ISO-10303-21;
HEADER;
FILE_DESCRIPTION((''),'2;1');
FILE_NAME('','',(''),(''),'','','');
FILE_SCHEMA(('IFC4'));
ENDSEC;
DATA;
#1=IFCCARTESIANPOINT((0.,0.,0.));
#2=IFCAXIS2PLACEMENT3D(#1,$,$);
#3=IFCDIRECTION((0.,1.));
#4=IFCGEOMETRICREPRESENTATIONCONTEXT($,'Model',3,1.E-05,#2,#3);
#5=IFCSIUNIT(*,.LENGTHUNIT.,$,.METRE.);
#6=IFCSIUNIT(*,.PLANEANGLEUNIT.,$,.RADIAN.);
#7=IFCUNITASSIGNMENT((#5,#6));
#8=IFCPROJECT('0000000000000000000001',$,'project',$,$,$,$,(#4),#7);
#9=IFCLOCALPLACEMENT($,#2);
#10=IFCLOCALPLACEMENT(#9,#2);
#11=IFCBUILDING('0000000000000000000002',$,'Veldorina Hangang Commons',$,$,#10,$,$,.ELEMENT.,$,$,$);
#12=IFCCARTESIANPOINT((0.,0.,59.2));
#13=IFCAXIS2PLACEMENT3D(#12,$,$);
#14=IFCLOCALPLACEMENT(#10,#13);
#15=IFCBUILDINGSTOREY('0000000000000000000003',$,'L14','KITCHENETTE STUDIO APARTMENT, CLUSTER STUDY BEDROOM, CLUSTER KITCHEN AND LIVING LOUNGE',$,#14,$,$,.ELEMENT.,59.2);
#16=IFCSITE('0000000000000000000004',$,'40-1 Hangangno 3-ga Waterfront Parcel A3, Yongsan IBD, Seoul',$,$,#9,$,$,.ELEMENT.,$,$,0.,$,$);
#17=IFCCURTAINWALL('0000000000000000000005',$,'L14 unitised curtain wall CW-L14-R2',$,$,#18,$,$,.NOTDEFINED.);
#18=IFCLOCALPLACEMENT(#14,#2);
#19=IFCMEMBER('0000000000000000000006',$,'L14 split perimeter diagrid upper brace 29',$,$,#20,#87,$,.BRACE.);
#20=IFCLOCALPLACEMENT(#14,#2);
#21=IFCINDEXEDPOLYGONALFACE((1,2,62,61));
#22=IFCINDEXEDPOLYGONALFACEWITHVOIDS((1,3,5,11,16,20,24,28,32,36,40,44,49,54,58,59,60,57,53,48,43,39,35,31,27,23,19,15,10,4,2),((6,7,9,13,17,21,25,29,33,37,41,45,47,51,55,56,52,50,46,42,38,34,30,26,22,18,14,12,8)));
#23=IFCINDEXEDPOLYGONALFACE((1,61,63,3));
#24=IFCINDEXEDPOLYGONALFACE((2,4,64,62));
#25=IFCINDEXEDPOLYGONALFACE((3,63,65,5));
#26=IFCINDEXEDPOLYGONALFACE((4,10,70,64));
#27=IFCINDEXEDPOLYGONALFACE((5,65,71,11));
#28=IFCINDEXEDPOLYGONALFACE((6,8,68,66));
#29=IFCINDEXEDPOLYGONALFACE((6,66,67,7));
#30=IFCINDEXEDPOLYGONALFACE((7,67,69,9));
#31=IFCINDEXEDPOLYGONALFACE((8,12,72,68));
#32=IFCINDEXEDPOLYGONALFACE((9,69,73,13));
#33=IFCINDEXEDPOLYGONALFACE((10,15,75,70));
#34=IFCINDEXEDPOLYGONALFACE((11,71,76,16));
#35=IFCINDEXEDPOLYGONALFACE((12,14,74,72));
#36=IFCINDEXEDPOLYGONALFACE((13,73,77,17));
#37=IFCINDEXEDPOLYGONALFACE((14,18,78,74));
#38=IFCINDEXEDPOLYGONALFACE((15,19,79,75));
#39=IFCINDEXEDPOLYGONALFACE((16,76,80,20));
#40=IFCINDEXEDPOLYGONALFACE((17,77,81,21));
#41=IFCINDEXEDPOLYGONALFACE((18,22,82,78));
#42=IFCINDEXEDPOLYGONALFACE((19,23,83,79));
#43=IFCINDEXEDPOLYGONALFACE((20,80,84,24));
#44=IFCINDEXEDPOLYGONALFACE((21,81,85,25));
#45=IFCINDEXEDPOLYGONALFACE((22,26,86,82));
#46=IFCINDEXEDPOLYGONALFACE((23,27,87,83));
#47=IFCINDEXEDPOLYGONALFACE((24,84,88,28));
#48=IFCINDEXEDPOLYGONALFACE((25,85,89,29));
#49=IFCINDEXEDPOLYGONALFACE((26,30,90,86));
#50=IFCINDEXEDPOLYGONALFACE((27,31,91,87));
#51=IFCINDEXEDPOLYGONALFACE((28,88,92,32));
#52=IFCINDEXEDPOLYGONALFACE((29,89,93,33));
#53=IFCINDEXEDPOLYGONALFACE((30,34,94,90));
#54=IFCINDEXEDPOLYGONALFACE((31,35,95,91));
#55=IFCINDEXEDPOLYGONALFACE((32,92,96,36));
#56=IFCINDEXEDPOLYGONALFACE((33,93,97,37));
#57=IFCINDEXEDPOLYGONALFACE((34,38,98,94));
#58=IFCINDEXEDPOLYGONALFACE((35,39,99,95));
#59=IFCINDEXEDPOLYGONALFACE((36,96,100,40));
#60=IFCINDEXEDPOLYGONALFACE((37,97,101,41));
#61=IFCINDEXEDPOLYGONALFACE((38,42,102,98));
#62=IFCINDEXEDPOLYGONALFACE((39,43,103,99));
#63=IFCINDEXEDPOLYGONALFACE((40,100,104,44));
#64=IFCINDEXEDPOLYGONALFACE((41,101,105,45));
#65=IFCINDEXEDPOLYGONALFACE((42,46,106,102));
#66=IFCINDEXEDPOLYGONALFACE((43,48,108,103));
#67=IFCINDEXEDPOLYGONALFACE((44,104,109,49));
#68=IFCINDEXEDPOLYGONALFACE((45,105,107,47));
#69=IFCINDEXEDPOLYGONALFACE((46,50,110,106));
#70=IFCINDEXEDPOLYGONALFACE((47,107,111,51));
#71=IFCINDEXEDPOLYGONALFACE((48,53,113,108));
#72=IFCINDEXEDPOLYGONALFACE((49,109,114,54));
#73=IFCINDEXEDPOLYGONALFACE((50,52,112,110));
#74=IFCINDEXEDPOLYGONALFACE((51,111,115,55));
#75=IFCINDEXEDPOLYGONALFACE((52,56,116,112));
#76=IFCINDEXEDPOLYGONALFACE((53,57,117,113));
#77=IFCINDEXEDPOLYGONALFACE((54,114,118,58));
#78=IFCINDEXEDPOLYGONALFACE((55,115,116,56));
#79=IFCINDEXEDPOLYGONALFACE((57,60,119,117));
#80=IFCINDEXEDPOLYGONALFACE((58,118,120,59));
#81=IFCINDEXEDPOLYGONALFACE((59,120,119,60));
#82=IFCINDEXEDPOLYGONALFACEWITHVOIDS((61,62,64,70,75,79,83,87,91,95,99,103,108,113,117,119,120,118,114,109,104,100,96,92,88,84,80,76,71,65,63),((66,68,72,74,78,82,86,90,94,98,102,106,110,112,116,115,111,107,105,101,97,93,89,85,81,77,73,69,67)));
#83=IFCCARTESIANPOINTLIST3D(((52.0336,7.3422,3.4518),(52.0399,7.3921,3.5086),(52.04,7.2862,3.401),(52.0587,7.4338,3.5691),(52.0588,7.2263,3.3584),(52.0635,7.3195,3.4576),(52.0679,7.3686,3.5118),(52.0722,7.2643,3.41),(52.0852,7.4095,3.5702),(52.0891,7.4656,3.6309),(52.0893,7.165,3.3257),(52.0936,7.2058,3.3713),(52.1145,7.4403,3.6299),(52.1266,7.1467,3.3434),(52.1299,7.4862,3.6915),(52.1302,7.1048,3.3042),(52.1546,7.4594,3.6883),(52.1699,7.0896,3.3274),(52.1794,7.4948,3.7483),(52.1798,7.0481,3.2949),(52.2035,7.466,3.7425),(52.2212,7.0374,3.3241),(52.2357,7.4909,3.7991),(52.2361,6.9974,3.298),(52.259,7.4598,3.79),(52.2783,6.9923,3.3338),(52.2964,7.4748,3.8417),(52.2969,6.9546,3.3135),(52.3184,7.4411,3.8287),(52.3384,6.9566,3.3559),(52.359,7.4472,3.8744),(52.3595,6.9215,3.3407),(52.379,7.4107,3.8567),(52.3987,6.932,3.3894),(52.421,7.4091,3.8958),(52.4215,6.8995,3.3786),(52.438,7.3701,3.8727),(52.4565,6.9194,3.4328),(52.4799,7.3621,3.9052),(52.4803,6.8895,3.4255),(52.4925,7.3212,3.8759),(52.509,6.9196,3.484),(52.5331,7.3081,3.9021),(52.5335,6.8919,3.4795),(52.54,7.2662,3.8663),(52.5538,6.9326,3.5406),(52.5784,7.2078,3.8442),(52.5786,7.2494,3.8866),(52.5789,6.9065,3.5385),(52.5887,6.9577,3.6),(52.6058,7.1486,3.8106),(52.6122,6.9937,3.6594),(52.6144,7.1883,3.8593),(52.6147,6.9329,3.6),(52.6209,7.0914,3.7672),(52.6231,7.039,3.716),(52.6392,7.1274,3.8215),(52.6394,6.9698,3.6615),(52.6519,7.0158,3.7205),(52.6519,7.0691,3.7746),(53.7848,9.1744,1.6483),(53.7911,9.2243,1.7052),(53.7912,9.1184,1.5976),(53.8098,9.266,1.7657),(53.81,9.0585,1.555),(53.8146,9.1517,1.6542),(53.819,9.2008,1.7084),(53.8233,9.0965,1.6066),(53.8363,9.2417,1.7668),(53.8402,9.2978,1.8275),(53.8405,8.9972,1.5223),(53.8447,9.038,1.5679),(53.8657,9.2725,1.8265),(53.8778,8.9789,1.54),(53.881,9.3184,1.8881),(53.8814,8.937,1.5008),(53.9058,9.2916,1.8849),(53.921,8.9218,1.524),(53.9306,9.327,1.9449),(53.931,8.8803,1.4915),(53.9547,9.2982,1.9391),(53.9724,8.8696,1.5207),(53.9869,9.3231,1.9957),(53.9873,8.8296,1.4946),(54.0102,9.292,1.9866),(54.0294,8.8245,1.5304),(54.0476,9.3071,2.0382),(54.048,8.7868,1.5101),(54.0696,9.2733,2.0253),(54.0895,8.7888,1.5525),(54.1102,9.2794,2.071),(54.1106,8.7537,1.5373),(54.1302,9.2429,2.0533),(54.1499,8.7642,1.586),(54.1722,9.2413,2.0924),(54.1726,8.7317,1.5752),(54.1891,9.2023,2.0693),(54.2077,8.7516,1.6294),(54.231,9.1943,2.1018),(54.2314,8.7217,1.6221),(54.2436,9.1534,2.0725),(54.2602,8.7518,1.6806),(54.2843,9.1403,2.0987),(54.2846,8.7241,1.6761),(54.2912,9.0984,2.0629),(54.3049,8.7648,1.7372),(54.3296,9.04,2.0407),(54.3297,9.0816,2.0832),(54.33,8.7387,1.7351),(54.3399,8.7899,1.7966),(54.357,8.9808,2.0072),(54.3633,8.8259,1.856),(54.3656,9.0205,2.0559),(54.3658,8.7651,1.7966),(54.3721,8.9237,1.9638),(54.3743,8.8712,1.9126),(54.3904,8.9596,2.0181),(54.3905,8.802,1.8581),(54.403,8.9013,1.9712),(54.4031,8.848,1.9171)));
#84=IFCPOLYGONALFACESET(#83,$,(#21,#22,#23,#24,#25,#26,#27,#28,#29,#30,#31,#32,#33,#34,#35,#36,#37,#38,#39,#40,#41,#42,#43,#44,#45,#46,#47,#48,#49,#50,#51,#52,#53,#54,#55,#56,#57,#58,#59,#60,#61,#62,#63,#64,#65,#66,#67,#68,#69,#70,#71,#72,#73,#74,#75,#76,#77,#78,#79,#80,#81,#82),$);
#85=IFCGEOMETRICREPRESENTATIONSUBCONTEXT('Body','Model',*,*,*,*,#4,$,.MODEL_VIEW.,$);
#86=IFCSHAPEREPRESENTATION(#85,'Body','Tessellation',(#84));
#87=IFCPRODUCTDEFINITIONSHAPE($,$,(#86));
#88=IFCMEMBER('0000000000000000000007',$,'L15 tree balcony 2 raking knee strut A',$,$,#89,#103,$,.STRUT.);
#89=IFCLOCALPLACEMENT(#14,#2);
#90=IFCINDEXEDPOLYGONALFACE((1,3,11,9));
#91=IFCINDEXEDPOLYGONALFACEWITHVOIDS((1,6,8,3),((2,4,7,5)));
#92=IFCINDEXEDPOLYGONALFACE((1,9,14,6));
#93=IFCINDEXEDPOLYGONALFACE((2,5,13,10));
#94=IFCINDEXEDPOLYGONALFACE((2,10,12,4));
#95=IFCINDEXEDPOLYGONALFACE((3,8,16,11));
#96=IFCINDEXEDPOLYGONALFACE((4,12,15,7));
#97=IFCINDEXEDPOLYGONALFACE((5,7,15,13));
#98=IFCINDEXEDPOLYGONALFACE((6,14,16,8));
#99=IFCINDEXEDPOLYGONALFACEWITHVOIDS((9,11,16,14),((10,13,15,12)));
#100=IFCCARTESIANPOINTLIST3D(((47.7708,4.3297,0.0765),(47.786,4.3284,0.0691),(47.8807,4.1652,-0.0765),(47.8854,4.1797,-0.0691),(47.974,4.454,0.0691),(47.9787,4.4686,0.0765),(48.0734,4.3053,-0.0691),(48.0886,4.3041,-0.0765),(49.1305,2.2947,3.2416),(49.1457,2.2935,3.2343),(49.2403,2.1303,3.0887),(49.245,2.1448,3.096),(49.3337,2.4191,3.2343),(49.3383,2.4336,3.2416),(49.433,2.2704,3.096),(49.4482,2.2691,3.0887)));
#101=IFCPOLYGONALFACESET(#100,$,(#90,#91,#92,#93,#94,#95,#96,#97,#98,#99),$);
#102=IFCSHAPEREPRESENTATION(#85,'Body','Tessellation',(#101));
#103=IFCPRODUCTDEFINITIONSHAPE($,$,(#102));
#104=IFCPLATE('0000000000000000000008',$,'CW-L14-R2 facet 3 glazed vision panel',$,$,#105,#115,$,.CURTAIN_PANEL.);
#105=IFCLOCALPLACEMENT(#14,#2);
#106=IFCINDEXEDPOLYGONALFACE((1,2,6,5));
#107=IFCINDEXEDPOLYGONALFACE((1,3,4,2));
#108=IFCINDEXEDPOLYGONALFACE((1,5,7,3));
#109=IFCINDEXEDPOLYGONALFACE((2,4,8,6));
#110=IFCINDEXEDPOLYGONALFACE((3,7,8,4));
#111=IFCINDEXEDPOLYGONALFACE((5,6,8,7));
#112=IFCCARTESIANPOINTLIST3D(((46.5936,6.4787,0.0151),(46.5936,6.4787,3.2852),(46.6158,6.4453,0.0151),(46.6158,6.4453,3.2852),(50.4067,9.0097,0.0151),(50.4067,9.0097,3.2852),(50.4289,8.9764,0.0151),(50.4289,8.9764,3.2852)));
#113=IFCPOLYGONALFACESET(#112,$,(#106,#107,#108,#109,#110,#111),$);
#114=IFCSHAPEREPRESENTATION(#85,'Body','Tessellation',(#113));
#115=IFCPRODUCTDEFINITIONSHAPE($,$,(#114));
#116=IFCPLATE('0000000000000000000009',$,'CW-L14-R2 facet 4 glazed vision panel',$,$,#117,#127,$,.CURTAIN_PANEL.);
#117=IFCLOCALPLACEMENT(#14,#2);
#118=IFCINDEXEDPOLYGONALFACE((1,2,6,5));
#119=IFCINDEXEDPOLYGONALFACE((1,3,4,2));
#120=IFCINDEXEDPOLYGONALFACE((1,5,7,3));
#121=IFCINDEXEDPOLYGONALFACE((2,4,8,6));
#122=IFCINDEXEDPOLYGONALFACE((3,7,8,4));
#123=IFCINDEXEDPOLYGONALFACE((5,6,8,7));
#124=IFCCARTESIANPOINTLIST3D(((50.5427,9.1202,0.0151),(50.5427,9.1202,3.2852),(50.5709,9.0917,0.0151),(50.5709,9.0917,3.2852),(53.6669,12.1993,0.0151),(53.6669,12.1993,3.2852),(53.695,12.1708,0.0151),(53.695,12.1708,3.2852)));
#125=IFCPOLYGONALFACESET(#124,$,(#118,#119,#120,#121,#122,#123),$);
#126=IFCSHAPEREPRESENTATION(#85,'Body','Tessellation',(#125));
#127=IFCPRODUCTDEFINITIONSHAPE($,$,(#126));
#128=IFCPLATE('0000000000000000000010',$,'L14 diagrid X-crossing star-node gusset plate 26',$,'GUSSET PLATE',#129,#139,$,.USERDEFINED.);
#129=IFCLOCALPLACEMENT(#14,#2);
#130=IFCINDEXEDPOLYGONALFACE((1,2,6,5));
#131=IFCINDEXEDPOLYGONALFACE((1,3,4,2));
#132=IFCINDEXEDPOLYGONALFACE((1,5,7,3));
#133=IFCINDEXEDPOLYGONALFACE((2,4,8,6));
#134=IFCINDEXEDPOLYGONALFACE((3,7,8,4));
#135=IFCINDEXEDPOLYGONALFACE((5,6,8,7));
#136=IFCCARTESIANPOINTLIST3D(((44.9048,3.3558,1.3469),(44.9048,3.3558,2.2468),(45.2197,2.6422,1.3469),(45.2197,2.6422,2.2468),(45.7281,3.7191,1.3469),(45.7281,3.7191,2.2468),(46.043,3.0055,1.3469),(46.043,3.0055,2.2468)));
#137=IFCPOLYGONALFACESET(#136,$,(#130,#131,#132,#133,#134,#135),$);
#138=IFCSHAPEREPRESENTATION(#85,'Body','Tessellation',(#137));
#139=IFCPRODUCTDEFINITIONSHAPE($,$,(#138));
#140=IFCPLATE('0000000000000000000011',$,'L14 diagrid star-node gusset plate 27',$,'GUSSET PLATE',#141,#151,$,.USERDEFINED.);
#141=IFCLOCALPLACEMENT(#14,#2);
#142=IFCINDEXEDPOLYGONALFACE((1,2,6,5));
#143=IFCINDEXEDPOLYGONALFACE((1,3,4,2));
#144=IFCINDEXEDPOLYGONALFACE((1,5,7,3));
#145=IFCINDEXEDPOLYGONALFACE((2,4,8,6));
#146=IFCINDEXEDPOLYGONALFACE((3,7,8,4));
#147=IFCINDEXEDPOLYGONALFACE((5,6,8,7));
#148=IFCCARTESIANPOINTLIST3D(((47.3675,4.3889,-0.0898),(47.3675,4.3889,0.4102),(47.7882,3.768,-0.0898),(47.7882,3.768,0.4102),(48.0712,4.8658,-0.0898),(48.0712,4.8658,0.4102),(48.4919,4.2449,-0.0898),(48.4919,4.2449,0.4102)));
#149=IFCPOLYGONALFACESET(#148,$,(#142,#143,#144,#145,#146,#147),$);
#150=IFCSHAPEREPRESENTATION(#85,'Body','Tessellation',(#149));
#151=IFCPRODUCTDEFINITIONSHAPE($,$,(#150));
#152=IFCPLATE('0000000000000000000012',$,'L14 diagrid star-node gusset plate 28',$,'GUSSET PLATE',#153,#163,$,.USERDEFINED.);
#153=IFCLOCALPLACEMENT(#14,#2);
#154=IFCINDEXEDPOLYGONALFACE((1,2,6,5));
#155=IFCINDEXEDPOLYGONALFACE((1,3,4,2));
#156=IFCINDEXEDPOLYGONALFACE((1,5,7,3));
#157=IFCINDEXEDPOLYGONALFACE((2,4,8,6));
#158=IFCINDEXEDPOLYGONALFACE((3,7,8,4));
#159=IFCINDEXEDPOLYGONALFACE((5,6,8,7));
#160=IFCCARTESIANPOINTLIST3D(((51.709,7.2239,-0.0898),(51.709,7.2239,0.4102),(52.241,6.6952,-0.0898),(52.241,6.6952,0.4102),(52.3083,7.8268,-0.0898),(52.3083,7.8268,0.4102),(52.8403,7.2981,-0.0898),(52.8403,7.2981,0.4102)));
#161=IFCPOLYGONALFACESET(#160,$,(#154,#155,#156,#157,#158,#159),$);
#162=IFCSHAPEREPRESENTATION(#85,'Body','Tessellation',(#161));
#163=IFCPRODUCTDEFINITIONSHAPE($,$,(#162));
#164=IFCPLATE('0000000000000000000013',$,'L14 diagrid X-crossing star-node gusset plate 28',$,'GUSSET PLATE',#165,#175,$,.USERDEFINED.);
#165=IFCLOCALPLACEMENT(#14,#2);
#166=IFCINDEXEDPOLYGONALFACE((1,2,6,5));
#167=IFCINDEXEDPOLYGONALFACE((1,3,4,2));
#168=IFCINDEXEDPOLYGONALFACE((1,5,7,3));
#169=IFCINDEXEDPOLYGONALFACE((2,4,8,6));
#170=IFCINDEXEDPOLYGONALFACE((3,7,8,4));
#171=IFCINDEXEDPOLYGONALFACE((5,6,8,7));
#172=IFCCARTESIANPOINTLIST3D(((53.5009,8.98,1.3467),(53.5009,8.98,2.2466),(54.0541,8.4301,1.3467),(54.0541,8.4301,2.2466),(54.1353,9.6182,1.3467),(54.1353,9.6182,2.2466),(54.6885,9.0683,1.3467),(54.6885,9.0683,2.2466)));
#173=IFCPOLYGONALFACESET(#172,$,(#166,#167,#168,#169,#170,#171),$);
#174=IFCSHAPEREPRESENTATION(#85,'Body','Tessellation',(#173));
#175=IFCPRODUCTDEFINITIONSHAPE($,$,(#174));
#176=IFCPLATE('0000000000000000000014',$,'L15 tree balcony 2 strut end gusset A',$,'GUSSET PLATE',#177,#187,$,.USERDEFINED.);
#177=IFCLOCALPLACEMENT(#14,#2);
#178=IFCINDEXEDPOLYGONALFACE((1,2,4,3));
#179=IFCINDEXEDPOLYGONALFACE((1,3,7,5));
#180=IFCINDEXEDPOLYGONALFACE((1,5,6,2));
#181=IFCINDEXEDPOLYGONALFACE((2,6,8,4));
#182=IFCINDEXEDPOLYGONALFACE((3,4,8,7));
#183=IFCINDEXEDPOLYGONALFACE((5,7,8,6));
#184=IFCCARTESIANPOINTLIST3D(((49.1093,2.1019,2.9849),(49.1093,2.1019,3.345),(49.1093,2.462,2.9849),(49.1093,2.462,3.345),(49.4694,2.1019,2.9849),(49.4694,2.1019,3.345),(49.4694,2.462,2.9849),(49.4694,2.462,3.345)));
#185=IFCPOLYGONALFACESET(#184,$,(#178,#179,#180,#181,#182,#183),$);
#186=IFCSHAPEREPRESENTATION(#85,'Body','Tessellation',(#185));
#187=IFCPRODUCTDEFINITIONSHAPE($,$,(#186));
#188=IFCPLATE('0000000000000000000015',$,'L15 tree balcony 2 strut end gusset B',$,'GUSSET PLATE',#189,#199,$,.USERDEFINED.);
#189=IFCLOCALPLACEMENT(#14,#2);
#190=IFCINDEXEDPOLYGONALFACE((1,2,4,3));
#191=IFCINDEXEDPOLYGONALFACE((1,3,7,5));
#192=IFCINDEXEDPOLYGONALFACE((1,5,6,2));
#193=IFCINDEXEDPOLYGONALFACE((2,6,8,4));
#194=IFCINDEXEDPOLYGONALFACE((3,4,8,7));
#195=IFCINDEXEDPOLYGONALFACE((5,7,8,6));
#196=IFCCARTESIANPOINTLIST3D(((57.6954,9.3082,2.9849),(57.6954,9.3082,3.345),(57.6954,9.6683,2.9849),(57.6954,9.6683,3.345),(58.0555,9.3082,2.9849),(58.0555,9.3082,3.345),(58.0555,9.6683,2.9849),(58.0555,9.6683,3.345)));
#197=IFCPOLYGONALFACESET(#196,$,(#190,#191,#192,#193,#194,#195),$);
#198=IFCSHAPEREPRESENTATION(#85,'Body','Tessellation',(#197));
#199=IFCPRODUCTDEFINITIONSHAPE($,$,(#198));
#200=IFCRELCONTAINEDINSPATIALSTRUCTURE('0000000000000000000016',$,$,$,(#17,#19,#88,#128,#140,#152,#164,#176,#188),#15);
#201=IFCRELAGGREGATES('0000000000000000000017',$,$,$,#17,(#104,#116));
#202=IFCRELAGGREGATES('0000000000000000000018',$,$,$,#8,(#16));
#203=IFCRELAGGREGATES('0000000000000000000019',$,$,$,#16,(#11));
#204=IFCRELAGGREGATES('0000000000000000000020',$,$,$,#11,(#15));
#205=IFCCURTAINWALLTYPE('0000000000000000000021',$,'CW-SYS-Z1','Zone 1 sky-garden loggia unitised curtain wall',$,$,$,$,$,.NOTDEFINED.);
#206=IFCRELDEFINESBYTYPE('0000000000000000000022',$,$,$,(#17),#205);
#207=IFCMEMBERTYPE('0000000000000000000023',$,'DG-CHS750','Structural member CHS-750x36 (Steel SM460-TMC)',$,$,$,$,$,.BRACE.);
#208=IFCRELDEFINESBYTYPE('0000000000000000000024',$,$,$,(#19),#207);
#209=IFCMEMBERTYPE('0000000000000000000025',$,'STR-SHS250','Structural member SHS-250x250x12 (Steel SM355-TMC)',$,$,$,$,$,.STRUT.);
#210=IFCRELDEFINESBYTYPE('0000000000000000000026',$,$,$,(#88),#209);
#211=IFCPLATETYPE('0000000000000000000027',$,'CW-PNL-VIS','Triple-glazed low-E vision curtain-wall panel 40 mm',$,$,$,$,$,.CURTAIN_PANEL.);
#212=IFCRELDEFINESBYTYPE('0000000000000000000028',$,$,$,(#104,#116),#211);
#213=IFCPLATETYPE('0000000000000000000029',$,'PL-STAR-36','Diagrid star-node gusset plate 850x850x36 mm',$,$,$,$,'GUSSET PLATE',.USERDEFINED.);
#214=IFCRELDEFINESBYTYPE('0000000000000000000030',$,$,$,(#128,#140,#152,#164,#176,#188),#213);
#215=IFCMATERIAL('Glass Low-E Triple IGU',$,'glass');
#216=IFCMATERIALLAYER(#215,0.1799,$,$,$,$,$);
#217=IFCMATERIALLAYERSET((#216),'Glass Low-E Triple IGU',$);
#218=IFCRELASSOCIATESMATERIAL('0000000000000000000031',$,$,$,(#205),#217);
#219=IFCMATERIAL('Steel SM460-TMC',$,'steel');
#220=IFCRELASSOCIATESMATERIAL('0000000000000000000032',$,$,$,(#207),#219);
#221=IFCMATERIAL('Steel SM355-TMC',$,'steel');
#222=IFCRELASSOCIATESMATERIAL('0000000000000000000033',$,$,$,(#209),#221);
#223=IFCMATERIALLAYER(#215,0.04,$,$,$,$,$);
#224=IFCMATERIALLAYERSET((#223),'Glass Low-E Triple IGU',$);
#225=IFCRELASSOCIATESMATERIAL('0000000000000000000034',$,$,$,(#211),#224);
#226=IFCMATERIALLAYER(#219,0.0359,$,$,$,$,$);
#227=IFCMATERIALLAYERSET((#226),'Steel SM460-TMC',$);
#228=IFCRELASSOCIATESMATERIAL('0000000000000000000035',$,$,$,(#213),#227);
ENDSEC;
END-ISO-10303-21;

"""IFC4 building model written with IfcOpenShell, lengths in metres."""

from ifc_helpers import new_model, si_unit, direction, frame, origin, origin_2d, place, context, subcontext, project, spatial, rectangle, hollow_rectangle, hollow_circle, extrude, material, layer, layer_set, material_profile, profile_set, type_object, element, aggregate, save


model = new_model("IFC4")

# Units and contexts
model_context = context("Model", 3, precision=1e-05, world=origin(), true_north=direction((0.0, 1.0)))
body_context = subcontext(model_context, "Body", "Model", "MODEL_VIEW")
ifc_project = project(units=[si_unit("LENGTHUNIT", "METRE"), si_unit("PLANEANGLEUNIT", "RADIAN")], contexts=[model_context])

# Site, building, storey
site_placement = place(None, origin())
site = spatial("IfcSite", under=ifc_project, at=site_placement, Name="40-1 Hangangno 3-ga Waterfront Parcel A3, Yongsan IBD, Seoul", CompositionType="ELEMENT", RefElevation=0.0)
building_placement = place(site_placement, origin())
building = spatial("IfcBuilding", under=site, at=building_placement, Name="Veldorina Hangang Commons", CompositionType="ELEMENT")
storey_placement = place(building_placement, frame((0.0, 0.0, 59.2)))
storey = spatial("IfcBuildingStorey", under=building, at=storey_placement, Name="L14", Description="KITCHENETTE STUDIO APARTMENT, CLUSTER STUDY BEDROOM, CLUSTER KITCHEN AND LIVING LOUNGE", CompositionType="ELEMENT", Elevation=59.2)

# Shared definitions
ifc_material_1 = material(Name="Steel SM355-TMC", Category="steel")
ifc_material_2 = material(Name="Steel SM460-TMC", Category="steel")

# Curtain wall
ifc_material_3 = material(Name="Glass Low-E Triple IGU", Category="glass")
ifc_layer_1 = layer(ifc_material_3, 0.1799)
ifc_layer_set_1 = layer_set([ifc_layer_1], Name="Glass Low-E Triple IGU")
curtain_wall_type = type_object("IfcCurtainWallType", Name="CW-SYS-Z1", Description="Zone 1 sky-garden loggia unitised curtain wall", PredefinedType="NOTDEFINED", material=ifc_layer_set_1)
curtain_wall_placement = place(storey_placement, origin())
curtain_wall = element("IfcCurtainWall", 1, at=curtain_wall_placement, inside=storey, type_object=curtain_wall_type, Name="L14 unitised curtain wall CW-L14-R2", PredefinedType="NOTDEFINED")

# Members
ifc_material_profile_1 = material_profile(ifc_material_2, hollow_circle(Radius=0.375, WallThickness=0.0359, at=origin_2d()), Name="CHS-750x36")
ifc_profile_set_1 = profile_set([ifc_material_profile_1], Name="Steel SM460-TMC")
member_type_1 = type_object("IfcMemberType", Name="DG-CHS750", Description="Structural member CHS-750x36 (Steel SM460-TMC)", PredefinedType="BRACE", material=ifc_profile_set_1)
member_1_placement = place(storey_placement, frame((54.0947, 9.0242, 1.7966), z_axis=(-0.562965, -0.589022, 0.579761), x_axis=(0.722916, -0.690936, 0.0)))
element("IfcMember", 2, at=member_1_placement, inside=storey, type_object=member_type_1, Name="L14 split perimeter diagrid upper brace 29", PredefinedType="BRACE", context=body_context, shape_type="SweptSolid", body=[
    extrude(hollow_circle(Radius=0.375, WallThickness=0.0359, at=origin_2d()), origin(), (0.0, 0.0, 1.0), 3.1106),
])
ifc_material_profile_2 = material_profile(ifc_material_1, hollow_rectangle(XDim=0.25, YDim=0.25, WallThickness=0.012, at=origin_2d()), Name="SHS-250x250x12")
ifc_profile_set_2 = profile_set([ifc_material_profile_2], Name="Steel SM355-TMC")
member_type_2 = type_object("IfcMemberType", Name="STR-SHS250", Description="Structural member SHS-250x250x12 (Steel SM355-TMC)", PredefinedType="STRUT", material=ifc_profile_set_2)
member_2_placement = place(storey_placement, frame((47.9297, 4.3169, 0.0), z_axis=(0.339831, -0.508618, 0.791089), x_axis=(0.831482, 0.555552, 0.0)))
element("IfcMember", 3, at=member_2_placement, inside=storey, type_object=member_type_2, Name="L15 tree balcony 2 raking knee strut A", PredefinedType="STRUT", context=body_context, shape_type="SweptSolid", body=[
    extrude(hollow_rectangle(XDim=0.25, YDim=0.25, WallThickness=0.012, at=origin_2d()), origin(), (0.0, 0.0, 1.0), 4.001),
])

# Plates
ifc_layer_2 = layer(ifc_material_3, 0.04)
ifc_layer_set_2 = layer_set([ifc_layer_2], Name="Glass Low-E Triple IGU")
plate_type_1 = type_object("IfcPlateType", Name="CW-PNL-VIS", Description="Triple-glazed low-E vision curtain-wall panel 40 mm", PredefinedType="CURTAIN_PANEL", material=ifc_layer_set_2)
plate_1_placement = place(storey_placement, frame((48.5112, 7.7275, 0.0151), z_axis=(0.0, 0.0, 1.0), x_axis=(0.833163, 0.553028, 0.0)))
plate_1 = element("IfcPlate", 4, at=plate_1_placement, type_object=plate_type_1, Name="CW-L14-R2 facet 3 glazed vision panel", PredefinedType="CURTAIN_PANEL", context=body_context, shape_type="SweptSolid", body=[
    extrude(rectangle(XDim=4.5767, YDim=0.04, at=origin_2d()), origin(), (0.0, 0.0, 1.0), 3.27),
])
plate_2_placement = place(storey_placement, frame((52.1189, 10.6455, 0.0151), z_axis=(0.0, 0.0, 1.0), x_axis=(0.712234, 0.701942, 0.0)))
plate_2 = element("IfcPlate", 5, at=plate_2_placement, type_object=plate_type_1, Name="CW-L14-R2 facet 4 glazed vision panel", PredefinedType="CURTAIN_PANEL", context=body_context, shape_type="SweptSolid", body=[
    extrude(rectangle(XDim=4.3865, YDim=0.04, at=origin_2d()), origin(), (0.0, 0.0, 1.0), 3.27),
])
aggregate(curtain_wall, [plate_1, plate_2])

# Plates
ifc_layer_3 = layer(ifc_material_2, 0.0359)
ifc_layer_set_3 = layer_set([ifc_layer_3], Name="Steel SM460-TMC")
plate_type_2 = type_object("IfcPlateType", Name="PL-STAR-36", Description="Diagrid star-node gusset plate 850x850x36 mm", ElementType="GUSSET PLATE", PredefinedType="USERDEFINED", material=ifc_layer_set_3)
plate_3_placement = place(storey_placement, frame((45.4739, 3.1807, 1.3469), z_axis=(0.0, 0.0, 1.0), x_axis=(0.914875, 0.403737, 0.0)))
element("IfcPlate", 6, at=plate_3_placement, inside=storey, type_object=plate_type_2, Name="L14 diagrid X-crossing star-node gusset plate 26", ObjectType="GUSSET PLATE", PredefinedType="USERDEFINED", context=body_context, shape_type="SweptSolid", body=[
    extrude(rectangle(XDim=0.8999, YDim=0.78, at=origin_2d()), origin(), (0.0, 0.0, 1.0), 0.8999),
])
for number, where, z_axis, x_axis, name in (
    (7, (47.9297, 4.3169, -0.0898), (0.0, 0.0, 1.0), (0.827865, 0.560928, 0.0), "L14 diagrid star-node gusset plate 27"),
    (8, (52.2747, 7.261, -0.0898), (0.0, 0.0, 1.0), (0.704981, 0.709226, 0.0), "L14 diagrid star-node gusset plate 28"),
):
    element("IfcPlate", number, at=place(storey_placement, frame(where, z_axis=z_axis, x_axis=x_axis)), inside=storey, type_object=plate_type_2, Name=name, ObjectType="GUSSET PLATE", PredefinedType="USERDEFINED", context=body_context, shape_type="SweptSolid", body=[
        extrude(rectangle(XDim=0.8501, YDim=0.75, at=origin_2d()), origin(), (0.0, 0.0, 1.0), 0.5),
    ])
plate_4_placement = place(storey_placement, frame((54.0947, 9.0242, 1.3467), z_axis=(0.0, 0.0, 1.0), x_axis=(0.704981, 0.709226, 0.0)))
element("IfcPlate", 9, at=plate_4_placement, inside=storey, type_object=plate_type_2, Name="L14 diagrid X-crossing star-node gusset plate 28", ObjectType="GUSSET PLATE", PredefinedType="USERDEFINED", context=body_context, shape_type="SweptSolid", body=[
    extrude(rectangle(XDim=0.8999, YDim=0.78, at=origin_2d()), origin(), (0.0, 0.0, 1.0), 0.8999),
])
for number, where, z_axis, x_axis, name in (
    (10, (49.2893, 2.282, 2.9849), (0.0, 0.0, 1.0), (1.0, 0.0, 0.0), "L15 tree balcony 2 strut end gusset A"),
    (11, (57.8755, 9.4883, 2.9849), (0.0, 0.0, 1.0), (1.0, 0.0, 0.0), "L15 tree balcony 2 strut end gusset B"),
):
    element("IfcPlate", number, at=place(storey_placement, frame(where, z_axis=z_axis, x_axis=x_axis)), inside=storey, type_object=plate_type_2, Name=name, ObjectType="GUSSET PLATE", PredefinedType="USERDEFINED", context=body_context, shape_type="SweptSolid", body=[
        extrude(rectangle(XDim=0.3601, YDim=0.3601, at=origin_2d()), origin(), (0.0, 0.0, 1.0), 0.3601),
    ])

save(model, "model.ifc")
